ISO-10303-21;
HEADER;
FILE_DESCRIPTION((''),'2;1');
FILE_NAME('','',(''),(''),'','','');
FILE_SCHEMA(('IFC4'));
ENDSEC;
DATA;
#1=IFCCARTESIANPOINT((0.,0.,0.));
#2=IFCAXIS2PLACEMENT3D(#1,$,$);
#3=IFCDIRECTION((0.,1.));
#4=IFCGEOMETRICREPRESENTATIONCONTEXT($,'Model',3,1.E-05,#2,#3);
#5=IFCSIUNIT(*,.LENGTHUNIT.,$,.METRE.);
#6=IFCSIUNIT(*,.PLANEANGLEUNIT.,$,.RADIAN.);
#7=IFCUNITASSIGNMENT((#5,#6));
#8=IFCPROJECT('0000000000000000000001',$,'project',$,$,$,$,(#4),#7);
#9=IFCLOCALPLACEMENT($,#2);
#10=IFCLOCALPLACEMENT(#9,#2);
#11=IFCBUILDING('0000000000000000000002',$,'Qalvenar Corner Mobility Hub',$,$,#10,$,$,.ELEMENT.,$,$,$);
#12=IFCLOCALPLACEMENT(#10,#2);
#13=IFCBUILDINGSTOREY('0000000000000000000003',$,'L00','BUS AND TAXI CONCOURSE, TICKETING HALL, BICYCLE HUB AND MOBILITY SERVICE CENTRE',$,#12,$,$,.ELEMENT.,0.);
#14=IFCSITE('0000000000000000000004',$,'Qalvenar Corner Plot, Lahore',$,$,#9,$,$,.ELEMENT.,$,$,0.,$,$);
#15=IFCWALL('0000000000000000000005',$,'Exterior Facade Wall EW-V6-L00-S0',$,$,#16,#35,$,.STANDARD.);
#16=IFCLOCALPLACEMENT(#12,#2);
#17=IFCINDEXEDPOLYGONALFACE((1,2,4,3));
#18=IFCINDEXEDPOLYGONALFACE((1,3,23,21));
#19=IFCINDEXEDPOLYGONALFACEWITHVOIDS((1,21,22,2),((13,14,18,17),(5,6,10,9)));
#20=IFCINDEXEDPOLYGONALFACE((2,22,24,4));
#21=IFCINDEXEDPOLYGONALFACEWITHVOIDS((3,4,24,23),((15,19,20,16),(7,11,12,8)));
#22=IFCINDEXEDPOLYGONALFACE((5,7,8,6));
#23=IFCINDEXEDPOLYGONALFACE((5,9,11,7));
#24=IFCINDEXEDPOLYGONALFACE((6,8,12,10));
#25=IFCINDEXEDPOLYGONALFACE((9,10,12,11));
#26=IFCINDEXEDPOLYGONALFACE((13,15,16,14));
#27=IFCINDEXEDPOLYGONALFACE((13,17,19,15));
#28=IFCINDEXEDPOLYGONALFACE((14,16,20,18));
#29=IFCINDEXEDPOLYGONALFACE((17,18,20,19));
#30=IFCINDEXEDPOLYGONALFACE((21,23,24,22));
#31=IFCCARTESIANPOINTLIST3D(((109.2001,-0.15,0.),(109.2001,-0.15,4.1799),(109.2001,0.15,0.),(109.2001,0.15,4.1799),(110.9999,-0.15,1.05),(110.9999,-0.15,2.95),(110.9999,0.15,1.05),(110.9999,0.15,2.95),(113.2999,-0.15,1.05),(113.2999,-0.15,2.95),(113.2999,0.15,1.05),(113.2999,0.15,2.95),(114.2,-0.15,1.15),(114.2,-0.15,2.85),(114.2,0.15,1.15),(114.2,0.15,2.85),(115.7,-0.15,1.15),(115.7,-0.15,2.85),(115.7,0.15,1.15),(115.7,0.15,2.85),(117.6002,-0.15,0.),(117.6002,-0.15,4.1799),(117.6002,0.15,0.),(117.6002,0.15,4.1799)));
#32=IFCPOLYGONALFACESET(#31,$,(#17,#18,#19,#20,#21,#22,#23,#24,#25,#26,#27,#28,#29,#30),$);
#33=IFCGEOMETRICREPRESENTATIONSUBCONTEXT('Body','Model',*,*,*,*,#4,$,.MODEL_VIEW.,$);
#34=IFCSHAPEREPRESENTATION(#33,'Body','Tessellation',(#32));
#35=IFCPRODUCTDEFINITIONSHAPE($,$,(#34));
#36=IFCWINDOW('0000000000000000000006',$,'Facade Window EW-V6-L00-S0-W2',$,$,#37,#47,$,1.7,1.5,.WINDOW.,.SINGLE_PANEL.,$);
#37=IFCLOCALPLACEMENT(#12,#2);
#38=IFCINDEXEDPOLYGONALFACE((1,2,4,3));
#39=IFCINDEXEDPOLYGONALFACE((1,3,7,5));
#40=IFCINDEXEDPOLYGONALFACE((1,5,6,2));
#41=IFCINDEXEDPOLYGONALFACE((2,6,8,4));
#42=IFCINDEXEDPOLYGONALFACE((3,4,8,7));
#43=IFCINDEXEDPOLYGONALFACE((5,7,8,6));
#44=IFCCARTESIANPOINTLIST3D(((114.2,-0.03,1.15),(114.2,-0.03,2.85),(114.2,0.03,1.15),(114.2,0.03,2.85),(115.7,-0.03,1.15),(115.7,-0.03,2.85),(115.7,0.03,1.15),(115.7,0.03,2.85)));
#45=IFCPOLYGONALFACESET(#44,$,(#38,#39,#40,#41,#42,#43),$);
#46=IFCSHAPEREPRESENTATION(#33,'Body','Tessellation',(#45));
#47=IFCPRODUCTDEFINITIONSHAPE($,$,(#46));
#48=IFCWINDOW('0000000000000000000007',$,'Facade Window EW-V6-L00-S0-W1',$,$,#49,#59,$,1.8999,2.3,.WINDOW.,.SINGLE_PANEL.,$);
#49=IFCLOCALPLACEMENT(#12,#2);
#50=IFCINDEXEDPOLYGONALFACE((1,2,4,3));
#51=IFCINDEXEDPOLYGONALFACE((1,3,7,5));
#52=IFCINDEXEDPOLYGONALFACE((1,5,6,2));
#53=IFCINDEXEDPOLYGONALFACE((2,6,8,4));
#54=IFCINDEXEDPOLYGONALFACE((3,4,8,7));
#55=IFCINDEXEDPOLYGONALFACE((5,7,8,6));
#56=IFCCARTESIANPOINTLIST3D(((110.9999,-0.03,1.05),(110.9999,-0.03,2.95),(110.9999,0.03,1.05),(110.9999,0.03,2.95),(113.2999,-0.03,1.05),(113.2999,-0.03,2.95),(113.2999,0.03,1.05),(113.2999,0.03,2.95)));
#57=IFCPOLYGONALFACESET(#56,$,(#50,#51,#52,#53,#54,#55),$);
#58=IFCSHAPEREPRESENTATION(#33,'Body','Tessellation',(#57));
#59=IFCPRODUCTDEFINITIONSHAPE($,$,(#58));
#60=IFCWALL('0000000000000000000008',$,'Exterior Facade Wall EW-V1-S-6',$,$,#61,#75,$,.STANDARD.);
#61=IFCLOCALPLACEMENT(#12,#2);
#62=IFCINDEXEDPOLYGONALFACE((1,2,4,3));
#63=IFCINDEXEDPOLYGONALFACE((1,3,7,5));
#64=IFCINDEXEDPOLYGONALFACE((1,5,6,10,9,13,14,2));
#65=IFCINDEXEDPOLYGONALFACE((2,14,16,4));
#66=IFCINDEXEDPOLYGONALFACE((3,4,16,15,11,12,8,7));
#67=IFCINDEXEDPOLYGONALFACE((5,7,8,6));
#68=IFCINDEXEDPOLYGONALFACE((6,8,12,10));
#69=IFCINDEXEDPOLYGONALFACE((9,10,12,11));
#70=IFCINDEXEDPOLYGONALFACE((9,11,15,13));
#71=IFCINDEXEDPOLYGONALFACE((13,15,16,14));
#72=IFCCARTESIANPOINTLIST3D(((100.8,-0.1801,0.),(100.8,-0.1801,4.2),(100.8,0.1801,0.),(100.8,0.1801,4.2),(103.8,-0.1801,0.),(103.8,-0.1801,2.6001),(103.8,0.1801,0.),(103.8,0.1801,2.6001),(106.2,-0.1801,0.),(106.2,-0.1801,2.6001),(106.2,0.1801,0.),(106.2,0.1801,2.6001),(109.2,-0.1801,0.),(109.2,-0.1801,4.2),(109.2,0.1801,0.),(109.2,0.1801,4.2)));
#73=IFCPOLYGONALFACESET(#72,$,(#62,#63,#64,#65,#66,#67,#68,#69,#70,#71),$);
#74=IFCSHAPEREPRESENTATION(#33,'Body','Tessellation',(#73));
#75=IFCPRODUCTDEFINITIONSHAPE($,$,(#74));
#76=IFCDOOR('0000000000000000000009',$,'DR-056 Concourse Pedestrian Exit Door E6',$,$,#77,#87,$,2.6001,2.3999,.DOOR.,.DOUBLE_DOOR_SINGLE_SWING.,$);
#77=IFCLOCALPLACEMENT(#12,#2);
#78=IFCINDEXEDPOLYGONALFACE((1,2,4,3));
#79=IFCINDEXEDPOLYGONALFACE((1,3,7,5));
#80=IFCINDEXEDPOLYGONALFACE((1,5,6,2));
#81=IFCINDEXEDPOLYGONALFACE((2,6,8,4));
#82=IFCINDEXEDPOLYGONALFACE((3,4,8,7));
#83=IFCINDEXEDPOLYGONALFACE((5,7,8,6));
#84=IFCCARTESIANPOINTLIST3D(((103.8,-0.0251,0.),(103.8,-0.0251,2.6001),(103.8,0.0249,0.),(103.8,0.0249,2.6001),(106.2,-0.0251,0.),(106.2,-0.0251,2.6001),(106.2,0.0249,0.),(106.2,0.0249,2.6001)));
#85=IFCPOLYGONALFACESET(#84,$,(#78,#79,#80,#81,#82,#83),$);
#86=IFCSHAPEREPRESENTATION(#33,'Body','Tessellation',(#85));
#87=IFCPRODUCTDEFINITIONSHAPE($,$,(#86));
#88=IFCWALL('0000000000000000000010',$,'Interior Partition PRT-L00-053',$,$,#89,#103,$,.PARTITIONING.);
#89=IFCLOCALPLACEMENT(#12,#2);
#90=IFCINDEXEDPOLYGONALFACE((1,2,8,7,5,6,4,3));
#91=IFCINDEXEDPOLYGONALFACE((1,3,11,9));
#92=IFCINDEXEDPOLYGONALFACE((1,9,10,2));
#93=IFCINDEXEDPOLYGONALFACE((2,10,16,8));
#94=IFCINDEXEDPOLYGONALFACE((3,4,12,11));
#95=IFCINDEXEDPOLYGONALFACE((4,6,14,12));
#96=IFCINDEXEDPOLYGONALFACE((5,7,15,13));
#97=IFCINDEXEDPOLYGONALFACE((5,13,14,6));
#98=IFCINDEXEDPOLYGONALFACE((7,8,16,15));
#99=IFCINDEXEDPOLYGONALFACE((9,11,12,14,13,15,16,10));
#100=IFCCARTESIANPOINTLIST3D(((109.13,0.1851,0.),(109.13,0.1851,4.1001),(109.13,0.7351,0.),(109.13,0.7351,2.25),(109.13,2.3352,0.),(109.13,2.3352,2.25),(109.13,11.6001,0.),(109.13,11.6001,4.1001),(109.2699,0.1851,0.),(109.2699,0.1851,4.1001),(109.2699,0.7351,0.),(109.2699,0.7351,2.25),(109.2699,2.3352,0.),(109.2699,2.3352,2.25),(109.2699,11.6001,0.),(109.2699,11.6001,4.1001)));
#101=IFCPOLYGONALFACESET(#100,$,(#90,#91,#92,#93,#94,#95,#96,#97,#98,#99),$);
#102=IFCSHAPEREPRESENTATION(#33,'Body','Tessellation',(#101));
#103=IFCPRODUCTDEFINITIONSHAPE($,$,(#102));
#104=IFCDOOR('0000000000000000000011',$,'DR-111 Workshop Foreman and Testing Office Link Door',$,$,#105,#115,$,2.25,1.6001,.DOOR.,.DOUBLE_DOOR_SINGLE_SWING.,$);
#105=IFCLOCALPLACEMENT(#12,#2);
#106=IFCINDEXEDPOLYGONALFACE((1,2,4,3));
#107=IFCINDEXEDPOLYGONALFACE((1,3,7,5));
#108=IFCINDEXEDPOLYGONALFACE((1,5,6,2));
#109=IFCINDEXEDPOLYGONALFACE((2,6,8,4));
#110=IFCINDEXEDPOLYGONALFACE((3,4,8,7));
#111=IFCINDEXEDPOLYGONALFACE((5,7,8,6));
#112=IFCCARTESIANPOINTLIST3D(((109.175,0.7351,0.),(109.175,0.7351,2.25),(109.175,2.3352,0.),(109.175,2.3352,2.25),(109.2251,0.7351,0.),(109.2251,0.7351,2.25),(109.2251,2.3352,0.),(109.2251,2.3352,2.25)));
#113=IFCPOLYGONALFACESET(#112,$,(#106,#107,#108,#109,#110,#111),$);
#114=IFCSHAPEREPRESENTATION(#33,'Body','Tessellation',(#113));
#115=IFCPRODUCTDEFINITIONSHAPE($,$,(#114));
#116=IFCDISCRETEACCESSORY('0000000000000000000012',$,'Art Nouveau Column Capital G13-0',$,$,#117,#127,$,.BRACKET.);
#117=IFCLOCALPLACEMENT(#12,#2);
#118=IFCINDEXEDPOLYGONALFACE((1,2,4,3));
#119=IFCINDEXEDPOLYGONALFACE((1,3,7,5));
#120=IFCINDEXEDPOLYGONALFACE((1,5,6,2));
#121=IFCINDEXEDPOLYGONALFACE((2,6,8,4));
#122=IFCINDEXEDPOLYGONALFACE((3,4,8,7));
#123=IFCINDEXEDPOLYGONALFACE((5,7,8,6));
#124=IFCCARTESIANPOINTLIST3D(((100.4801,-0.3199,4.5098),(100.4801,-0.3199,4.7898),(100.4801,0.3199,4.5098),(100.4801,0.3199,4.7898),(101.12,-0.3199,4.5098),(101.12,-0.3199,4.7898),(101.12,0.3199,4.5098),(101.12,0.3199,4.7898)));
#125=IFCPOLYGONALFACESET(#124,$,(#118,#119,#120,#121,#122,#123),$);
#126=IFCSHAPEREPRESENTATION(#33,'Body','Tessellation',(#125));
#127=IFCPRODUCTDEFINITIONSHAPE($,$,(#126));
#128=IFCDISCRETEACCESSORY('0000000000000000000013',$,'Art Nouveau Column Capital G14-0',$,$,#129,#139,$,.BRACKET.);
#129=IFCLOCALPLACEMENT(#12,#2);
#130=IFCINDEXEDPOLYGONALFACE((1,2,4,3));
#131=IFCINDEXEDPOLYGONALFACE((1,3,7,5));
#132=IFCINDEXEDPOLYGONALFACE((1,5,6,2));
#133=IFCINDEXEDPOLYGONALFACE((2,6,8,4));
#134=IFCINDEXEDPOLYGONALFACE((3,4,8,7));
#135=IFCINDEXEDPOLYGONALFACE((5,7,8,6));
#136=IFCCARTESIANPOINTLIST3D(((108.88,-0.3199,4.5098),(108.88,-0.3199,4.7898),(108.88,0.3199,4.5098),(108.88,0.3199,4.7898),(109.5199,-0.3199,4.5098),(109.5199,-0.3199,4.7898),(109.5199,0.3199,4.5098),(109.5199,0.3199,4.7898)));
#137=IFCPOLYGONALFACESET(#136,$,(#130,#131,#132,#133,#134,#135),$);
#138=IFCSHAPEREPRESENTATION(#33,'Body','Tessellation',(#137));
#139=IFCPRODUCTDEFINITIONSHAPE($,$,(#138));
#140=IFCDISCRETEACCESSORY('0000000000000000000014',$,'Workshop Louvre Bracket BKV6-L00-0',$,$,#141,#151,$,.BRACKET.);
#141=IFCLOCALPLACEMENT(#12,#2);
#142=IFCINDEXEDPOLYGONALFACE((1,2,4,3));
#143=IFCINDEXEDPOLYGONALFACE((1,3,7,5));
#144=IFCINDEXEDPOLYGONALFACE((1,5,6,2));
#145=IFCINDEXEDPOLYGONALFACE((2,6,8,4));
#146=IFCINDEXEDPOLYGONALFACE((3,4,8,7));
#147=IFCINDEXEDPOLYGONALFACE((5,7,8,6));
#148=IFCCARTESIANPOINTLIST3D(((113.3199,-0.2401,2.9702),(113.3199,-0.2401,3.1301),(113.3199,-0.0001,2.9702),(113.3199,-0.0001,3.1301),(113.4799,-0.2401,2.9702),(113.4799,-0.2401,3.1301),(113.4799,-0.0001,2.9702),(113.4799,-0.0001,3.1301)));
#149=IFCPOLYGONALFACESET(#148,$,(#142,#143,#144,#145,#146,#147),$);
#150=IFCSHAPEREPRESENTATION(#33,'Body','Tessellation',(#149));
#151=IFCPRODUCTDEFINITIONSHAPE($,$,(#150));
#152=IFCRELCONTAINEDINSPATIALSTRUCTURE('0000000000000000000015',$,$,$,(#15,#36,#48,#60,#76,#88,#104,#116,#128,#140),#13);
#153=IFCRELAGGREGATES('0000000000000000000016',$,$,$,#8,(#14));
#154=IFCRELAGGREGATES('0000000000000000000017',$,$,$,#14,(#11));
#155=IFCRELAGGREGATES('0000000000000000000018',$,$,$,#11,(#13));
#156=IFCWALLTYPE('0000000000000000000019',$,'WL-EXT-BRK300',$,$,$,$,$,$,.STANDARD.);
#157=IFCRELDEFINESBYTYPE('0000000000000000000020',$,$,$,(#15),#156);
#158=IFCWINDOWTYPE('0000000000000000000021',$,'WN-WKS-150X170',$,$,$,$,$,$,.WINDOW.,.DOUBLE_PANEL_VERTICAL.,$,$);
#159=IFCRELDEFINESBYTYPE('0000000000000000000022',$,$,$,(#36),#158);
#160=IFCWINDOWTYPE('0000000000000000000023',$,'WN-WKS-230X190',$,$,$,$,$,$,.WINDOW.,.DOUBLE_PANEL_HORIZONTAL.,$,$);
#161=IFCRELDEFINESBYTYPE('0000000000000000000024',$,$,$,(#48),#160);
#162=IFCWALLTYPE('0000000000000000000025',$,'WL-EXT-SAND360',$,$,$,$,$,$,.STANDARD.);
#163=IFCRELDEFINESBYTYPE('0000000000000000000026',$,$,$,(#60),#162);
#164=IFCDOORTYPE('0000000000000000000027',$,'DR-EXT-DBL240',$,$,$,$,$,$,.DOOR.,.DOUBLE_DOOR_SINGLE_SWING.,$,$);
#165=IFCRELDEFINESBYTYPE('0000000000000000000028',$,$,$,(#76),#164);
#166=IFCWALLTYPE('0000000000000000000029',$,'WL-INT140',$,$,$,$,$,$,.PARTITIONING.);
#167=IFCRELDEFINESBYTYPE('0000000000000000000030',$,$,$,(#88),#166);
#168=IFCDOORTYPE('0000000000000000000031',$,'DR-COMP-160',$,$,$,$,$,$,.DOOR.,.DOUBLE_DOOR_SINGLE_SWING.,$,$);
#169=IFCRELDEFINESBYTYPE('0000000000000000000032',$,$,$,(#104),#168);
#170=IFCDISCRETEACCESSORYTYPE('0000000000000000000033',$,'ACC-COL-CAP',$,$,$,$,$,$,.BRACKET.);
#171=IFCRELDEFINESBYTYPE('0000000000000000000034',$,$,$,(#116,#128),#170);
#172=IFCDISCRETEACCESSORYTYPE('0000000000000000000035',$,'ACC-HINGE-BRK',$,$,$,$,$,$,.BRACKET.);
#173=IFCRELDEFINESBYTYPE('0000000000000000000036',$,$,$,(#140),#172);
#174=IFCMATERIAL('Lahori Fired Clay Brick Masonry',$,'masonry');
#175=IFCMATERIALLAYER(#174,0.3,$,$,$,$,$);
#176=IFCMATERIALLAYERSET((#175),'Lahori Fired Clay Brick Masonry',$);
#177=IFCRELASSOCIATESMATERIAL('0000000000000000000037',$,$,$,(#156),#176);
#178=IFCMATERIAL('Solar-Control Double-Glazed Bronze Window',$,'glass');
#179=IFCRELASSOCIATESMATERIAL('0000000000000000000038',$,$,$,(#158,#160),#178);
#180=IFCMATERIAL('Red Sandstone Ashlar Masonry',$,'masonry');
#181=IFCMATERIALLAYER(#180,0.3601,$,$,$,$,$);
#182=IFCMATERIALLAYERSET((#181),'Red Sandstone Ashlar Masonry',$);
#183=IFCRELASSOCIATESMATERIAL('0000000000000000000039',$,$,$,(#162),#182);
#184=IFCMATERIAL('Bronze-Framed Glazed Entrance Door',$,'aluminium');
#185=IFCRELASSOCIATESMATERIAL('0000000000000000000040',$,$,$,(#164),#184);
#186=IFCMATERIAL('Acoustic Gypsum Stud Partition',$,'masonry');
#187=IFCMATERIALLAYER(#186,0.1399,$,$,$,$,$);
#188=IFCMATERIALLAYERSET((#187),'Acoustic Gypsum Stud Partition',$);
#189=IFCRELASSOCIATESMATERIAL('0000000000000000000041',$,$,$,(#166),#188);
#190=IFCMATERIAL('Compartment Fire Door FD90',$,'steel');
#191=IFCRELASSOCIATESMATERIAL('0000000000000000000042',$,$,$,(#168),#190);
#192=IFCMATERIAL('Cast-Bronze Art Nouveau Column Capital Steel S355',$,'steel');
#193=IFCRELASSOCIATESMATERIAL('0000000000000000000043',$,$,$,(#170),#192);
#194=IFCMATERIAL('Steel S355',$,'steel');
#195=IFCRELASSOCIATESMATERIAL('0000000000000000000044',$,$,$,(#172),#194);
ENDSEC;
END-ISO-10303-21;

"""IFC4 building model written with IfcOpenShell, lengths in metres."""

from ifc_helpers import new_model, si_unit, direction, frame, frame_2d, origin, origin_2d, place, context, subcontext, project, spatial, rectangle, extrude, material, layer, layer_set, type_object, element, fill, save


model = new_model("IFC4")

# Units and contexts
model_context = context("Model", 3, precision=1e-05, world=origin(), true_north=direction((0.0, 1.0)))
body_context = subcontext(model_context, "Body", "Model", "MODEL_VIEW")
ifc_project = project(units=[si_unit("LENGTHUNIT", "METRE"), si_unit("PLANEANGLEUNIT", "RADIAN")], contexts=[model_context])

# Site, building, storey
site_placement = place(None, origin())
site = spatial("IfcSite", under=ifc_project, at=site_placement, Name="Qalvenar Corner Plot, Lahore", CompositionType="ELEMENT", RefElevation=0.0)
building_placement = place(site_placement, origin())
building = spatial("IfcBuilding", under=site, at=building_placement, Name="Qalvenar Corner Mobility Hub", CompositionType="ELEMENT")
storey_placement = place(building_placement, origin())
storey = spatial("IfcBuildingStorey", under=building, at=storey_placement, Name="L00", Description="BUS AND TAXI CONCOURSE, TICKETING HALL, BICYCLE HUB AND MOBILITY SERVICE CENTRE", CompositionType="ELEMENT", Elevation=0.0)

# Shared definitions
ifc_material_1 = material(Name="Steel S355", Category="steel")

# Wall, openings, windows
ifc_material_2 = material(Name="Lahori Fired Clay Brick Masonry", Category="masonry")
ifc_layer_1 = layer(ifc_material_2, 0.3)
ifc_layer_set_1 = layer_set([ifc_layer_1], Name="Lahori Fired Clay Brick Masonry")
wall_type_1 = type_object("IfcWallType", Name="WL-EXT-BRK300", PredefinedType="STANDARD", material=ifc_layer_set_1)
wall_1_placement = place(storey_placement, frame((109.2, 0.0, 0.0), z_axis=(0.0, 0.0, 1.0), x_axis=(1.0, 0.0, 0.0)))
wall_1 = element("IfcWall", 1, at=wall_1_placement, inside=storey, type_object=wall_type_1, Name="Exterior Facade Wall EW-V6-L00-S0", PredefinedType="STANDARD", context=body_context, shape_type="SweptSolid", body=[
    extrude(rectangle(XDim=8.4001, YDim=0.3, at=frame_2d((4.2002, 0.0))), origin(), (0.0, 0.0, 1.0), 4.1799),
])
opening_1_placement = place(wall_1_placement, frame((1.8, 0.0, 1.05)))
opening_1 = element("IfcOpeningElement", 2, at=opening_1_placement, cuts=wall_1, PredefinedType="OPENING", context=body_context, shape_type="SweptSolid", body=[
    extrude(rectangle(XDim=2.3, YDim=1.8999, at=frame_2d((1.1499, 0.95))), frame((0.0, 0.1602, 0.0), z_axis=(0.0, -1.0, 0.0), x_axis=(1.0, 0.0, 0.0)), (0.0, 0.0, 1.0), 0.3201),
])
opening_2_placement = place(wall_1_placement, frame((5.0, 0.0, 1.1499)))
opening_2 = element("IfcOpeningElement", 3, at=opening_2_placement, cuts=wall_1, PredefinedType="OPENING", context=body_context, shape_type="SweptSolid", body=[
    extrude(rectangle(XDim=1.5, YDim=1.7, at=frame_2d((0.75, 0.8501))), frame((0.0, 0.1602, 0.0), z_axis=(0.0, -1.0, 0.0), x_axis=(1.0, 0.0, 0.0)), (0.0, 0.0, 1.0), 0.3201),
])
ifc_material_3 = material(Name="Solar-Control Double-Glazed Bronze Window", Category="glass")
window_type_1 = type_object("IfcWindowType", Name="WN-WKS-150X170", PartitioningType="DOUBLE_PANEL_VERTICAL", PredefinedType="WINDOW", material=ifc_material_3)
window_1_placement = place(opening_2_placement, origin())
window_1 = element("IfcWindow", 4, at=window_1_placement, inside=storey, type_object=window_type_1, Name="Facade Window EW-V6-L00-S0-W2", OverallHeight=1.7, OverallWidth=1.5, PartitioningType="SINGLE_PANEL", PredefinedType="WINDOW", context=body_context, shape_type="SweptSolid", body=[
    extrude(rectangle(XDim=1.5, YDim=1.7, at=frame_2d((0.75, 0.8501))), frame((0.0, 0.03, 0.0), z_axis=(0.0, -1.0, 0.0), x_axis=(1.0, 0.0, 0.0)), (0.0, 0.0, 1.0), 0.0601),
])
fill(opening_2, window_1)
window_type_2 = type_object("IfcWindowType", Name="WN-WKS-230X190", PartitioningType="DOUBLE_PANEL_HORIZONTAL", PredefinedType="WINDOW", material=ifc_material_3)
window_2_placement = place(opening_1_placement, origin())
window_2 = element("IfcWindow", 5, at=window_2_placement, inside=storey, type_object=window_type_2, Name="Facade Window EW-V6-L00-S0-W1", OverallHeight=1.8999, OverallWidth=2.3, PartitioningType="SINGLE_PANEL", PredefinedType="WINDOW", context=body_context, shape_type="SweptSolid", body=[
    extrude(rectangle(XDim=2.3, YDim=1.8999, at=frame_2d((1.1499, 0.95))), frame((0.0, 0.03, 0.0), z_axis=(0.0, -1.0, 0.0), x_axis=(1.0, 0.0, 0.0)), (0.0, 0.0, 1.0), 0.0601),
])
fill(opening_1, window_2)

# Walls, openings, doors
ifc_material_4 = material(Name="Red Sandstone Ashlar Masonry", Category="masonry")
ifc_layer_2 = layer(ifc_material_4, 0.3601)
ifc_layer_set_2 = layer_set([ifc_layer_2], Name="Red Sandstone Ashlar Masonry")
wall_type_2 = type_object("IfcWallType", Name="WL-EXT-SAND360", PredefinedType="STANDARD", material=ifc_layer_set_2)
wall_2_placement = place(storey_placement, frame((100.8, 0.0, 0.0), z_axis=(0.0, 0.0, 1.0), x_axis=(1.0, 0.0, 0.0)))
wall_2 = element("IfcWall", 6, at=wall_2_placement, inside=storey, type_object=wall_type_2, Name="Exterior Facade Wall EW-V1-S-6", PredefinedType="STANDARD", context=body_context, shape_type="SweptSolid", body=[
    extrude(rectangle(XDim=8.3999, YDim=0.3601, at=frame_2d((4.2, 0.0))), origin(), (0.0, 0.0, 1.0), 4.2),
])
opening_3_placement = place(wall_2_placement, frame((3.0, 0.0, 0.0)))
opening_3 = element("IfcOpeningElement", 7, at=opening_3_placement, cuts=wall_2, PredefinedType="OPENING", context=body_context, shape_type="SweptSolid", body=[
    extrude(rectangle(XDim=2.3999, YDim=2.6001, at=frame_2d((1.2, 1.3))), frame((0.0, 0.1899, 0.0), z_axis=(0.0, -1.0, 0.0), x_axis=(1.0, 0.0, 0.0)), (0.0, 0.0, 1.0), 0.3801),
])
ifc_material_5 = material(Name="Bronze-Framed Glazed Entrance Door", Category="aluminium")
door_type_1 = type_object("IfcDoorType", Name="DR-EXT-DBL240", OperationType="DOUBLE_DOOR_SINGLE_SWING", PredefinedType="DOOR", material=ifc_material_5)
door_1_placement = place(opening_3_placement, origin())
door_1 = element("IfcDoor", 8, at=door_1_placement, inside=storey, type_object=door_type_1, Name="DR-056 Concourse Pedestrian Exit Door E6", OperationType="DOUBLE_DOOR_SINGLE_SWING", OverallHeight=2.6001, OverallWidth=2.3999, PredefinedType="DOOR", context=body_context, shape_type="SweptSolid", body=[
    extrude(rectangle(XDim=2.3999, YDim=2.6001, at=frame_2d((1.2, 1.3))), frame((0.0, 0.0249, 0.0), z_axis=(0.0, -1.0, 0.0), x_axis=(1.0, 0.0, 0.0)), (0.0, 0.0, 1.0), 0.05),
])
fill(opening_3, door_1)
ifc_material_6 = material(Name="Acoustic Gypsum Stud Partition", Category="masonry")
ifc_layer_3 = layer(ifc_material_6, 0.1399)
ifc_layer_set_3 = layer_set([ifc_layer_3], Name="Acoustic Gypsum Stud Partition")
wall_type_3 = type_object("IfcWallType", Name="WL-INT140", PredefinedType="PARTITIONING", material=ifc_layer_set_3)
wall_3_placement = place(storey_placement, frame((109.2, 0.1851, 0.0), z_axis=(0.0, 0.0, 1.0), x_axis=(0.0, 1.0, 0.0)))
wall_3 = element("IfcWall", 9, at=wall_3_placement, inside=storey, type_object=wall_type_3, Name="Interior Partition PRT-L00-053", PredefinedType="PARTITIONING", context=body_context, shape_type="SweptSolid", body=[
    extrude(rectangle(XDim=11.415, YDim=0.1399, at=frame_2d((5.7075, 0.0))), origin(), (0.0, 0.0, 1.0), 4.1001),
])
opening_4_placement = place(wall_3_placement, frame((0.55, 0.0, 0.0)))
opening_4 = element("IfcOpeningElement", 10, at=opening_4_placement, cuts=wall_3, PredefinedType="OPENING", context=body_context, shape_type="SweptSolid", body=[
    extrude(rectangle(XDim=1.6001, YDim=2.25, at=frame_2d((0.8, 1.125))), frame((0.0, 0.0801, 0.0), z_axis=(0.0, -1.0, 0.0), x_axis=(1.0, 0.0, 0.0)), (0.0, 0.0, 1.0), 0.1599),
])
ifc_material_7 = material(Name="Compartment Fire Door FD90", Category="steel")
door_type_2 = type_object("IfcDoorType", Name="DR-COMP-160", OperationType="DOUBLE_DOOR_SINGLE_SWING", PredefinedType="DOOR", material=ifc_material_7)
door_2_placement = place(opening_4_placement, origin())
door_2 = element("IfcDoor", 11, at=door_2_placement, inside=storey, type_object=door_type_2, Name="DR-111 Workshop Foreman and Testing Office Link Door", OperationType="DOUBLE_DOOR_SINGLE_SWING", OverallHeight=2.25, OverallWidth=1.6001, PredefinedType="DOOR", context=body_context, shape_type="SweptSolid", body=[
    extrude(rectangle(XDim=1.6001, YDim=2.25, at=frame_2d((0.8, 1.125))), frame((0.0, 0.0249, 0.0), z_axis=(0.0, -1.0, 0.0), x_axis=(1.0, 0.0, 0.0)), (0.0, 0.0, 1.0), 0.05),
])
fill(opening_4, door_2)

# Discrete accessories
ifc_material_8 = material(Name="Cast-Bronze Art Nouveau Column Capital Steel S355", Category="steel")
discrete_accessory_type_1 = type_object("IfcDiscreteAccessoryType", Name="ACC-COL-CAP", PredefinedType="BRACKET", material=ifc_material_8)
for number, where, z_axis, x_axis, name in (
    (12, (100.8, 0.0, 4.5098), (0.0, 0.0, 1.0), (1.0, 0.0, 0.0), "Art Nouveau Column Capital G13-0"),
    (13, (109.2, 0.0, 4.5098), (0.0, 0.0, 1.0), (1.0, 0.0, 0.0), "Art Nouveau Column Capital G14-0"),
):
    element("IfcDiscreteAccessory", number, at=place(storey_placement, frame(where, z_axis=z_axis, x_axis=x_axis)), inside=storey, type_object=discrete_accessory_type_1, Name=name, PredefinedType="BRACKET", context=body_context, shape_type="SweptSolid", body=[
        extrude(rectangle(XDim=0.6399, YDim=0.6399, at=origin_2d()), origin(), (0.0, 0.0, 1.0), 0.28),
    ])
discrete_accessory_type_2 = type_object("IfcDiscreteAccessoryType", Name="ACC-HINGE-BRK", PredefinedType="BRACKET", material=ifc_material_1)
discrete_accessory_placement = place(storey_placement, frame((113.3999, -0.1201, 2.9702), z_axis=(0.0, 0.0, 1.0), x_axis=(1.0, 0.0, 0.0)))
element("IfcDiscreteAccessory", 14, at=discrete_accessory_placement, inside=storey, type_object=discrete_accessory_type_2, Name="Workshop Louvre Bracket BKV6-L00-0", PredefinedType="BRACKET", context=body_context, shape_type="SweptSolid", body=[
    extrude(rectangle(XDim=0.1599, YDim=0.24, at=origin_2d()), origin(), (0.0, 0.0, 1.0), 0.1599),
])

save(model, "model.ifc")
